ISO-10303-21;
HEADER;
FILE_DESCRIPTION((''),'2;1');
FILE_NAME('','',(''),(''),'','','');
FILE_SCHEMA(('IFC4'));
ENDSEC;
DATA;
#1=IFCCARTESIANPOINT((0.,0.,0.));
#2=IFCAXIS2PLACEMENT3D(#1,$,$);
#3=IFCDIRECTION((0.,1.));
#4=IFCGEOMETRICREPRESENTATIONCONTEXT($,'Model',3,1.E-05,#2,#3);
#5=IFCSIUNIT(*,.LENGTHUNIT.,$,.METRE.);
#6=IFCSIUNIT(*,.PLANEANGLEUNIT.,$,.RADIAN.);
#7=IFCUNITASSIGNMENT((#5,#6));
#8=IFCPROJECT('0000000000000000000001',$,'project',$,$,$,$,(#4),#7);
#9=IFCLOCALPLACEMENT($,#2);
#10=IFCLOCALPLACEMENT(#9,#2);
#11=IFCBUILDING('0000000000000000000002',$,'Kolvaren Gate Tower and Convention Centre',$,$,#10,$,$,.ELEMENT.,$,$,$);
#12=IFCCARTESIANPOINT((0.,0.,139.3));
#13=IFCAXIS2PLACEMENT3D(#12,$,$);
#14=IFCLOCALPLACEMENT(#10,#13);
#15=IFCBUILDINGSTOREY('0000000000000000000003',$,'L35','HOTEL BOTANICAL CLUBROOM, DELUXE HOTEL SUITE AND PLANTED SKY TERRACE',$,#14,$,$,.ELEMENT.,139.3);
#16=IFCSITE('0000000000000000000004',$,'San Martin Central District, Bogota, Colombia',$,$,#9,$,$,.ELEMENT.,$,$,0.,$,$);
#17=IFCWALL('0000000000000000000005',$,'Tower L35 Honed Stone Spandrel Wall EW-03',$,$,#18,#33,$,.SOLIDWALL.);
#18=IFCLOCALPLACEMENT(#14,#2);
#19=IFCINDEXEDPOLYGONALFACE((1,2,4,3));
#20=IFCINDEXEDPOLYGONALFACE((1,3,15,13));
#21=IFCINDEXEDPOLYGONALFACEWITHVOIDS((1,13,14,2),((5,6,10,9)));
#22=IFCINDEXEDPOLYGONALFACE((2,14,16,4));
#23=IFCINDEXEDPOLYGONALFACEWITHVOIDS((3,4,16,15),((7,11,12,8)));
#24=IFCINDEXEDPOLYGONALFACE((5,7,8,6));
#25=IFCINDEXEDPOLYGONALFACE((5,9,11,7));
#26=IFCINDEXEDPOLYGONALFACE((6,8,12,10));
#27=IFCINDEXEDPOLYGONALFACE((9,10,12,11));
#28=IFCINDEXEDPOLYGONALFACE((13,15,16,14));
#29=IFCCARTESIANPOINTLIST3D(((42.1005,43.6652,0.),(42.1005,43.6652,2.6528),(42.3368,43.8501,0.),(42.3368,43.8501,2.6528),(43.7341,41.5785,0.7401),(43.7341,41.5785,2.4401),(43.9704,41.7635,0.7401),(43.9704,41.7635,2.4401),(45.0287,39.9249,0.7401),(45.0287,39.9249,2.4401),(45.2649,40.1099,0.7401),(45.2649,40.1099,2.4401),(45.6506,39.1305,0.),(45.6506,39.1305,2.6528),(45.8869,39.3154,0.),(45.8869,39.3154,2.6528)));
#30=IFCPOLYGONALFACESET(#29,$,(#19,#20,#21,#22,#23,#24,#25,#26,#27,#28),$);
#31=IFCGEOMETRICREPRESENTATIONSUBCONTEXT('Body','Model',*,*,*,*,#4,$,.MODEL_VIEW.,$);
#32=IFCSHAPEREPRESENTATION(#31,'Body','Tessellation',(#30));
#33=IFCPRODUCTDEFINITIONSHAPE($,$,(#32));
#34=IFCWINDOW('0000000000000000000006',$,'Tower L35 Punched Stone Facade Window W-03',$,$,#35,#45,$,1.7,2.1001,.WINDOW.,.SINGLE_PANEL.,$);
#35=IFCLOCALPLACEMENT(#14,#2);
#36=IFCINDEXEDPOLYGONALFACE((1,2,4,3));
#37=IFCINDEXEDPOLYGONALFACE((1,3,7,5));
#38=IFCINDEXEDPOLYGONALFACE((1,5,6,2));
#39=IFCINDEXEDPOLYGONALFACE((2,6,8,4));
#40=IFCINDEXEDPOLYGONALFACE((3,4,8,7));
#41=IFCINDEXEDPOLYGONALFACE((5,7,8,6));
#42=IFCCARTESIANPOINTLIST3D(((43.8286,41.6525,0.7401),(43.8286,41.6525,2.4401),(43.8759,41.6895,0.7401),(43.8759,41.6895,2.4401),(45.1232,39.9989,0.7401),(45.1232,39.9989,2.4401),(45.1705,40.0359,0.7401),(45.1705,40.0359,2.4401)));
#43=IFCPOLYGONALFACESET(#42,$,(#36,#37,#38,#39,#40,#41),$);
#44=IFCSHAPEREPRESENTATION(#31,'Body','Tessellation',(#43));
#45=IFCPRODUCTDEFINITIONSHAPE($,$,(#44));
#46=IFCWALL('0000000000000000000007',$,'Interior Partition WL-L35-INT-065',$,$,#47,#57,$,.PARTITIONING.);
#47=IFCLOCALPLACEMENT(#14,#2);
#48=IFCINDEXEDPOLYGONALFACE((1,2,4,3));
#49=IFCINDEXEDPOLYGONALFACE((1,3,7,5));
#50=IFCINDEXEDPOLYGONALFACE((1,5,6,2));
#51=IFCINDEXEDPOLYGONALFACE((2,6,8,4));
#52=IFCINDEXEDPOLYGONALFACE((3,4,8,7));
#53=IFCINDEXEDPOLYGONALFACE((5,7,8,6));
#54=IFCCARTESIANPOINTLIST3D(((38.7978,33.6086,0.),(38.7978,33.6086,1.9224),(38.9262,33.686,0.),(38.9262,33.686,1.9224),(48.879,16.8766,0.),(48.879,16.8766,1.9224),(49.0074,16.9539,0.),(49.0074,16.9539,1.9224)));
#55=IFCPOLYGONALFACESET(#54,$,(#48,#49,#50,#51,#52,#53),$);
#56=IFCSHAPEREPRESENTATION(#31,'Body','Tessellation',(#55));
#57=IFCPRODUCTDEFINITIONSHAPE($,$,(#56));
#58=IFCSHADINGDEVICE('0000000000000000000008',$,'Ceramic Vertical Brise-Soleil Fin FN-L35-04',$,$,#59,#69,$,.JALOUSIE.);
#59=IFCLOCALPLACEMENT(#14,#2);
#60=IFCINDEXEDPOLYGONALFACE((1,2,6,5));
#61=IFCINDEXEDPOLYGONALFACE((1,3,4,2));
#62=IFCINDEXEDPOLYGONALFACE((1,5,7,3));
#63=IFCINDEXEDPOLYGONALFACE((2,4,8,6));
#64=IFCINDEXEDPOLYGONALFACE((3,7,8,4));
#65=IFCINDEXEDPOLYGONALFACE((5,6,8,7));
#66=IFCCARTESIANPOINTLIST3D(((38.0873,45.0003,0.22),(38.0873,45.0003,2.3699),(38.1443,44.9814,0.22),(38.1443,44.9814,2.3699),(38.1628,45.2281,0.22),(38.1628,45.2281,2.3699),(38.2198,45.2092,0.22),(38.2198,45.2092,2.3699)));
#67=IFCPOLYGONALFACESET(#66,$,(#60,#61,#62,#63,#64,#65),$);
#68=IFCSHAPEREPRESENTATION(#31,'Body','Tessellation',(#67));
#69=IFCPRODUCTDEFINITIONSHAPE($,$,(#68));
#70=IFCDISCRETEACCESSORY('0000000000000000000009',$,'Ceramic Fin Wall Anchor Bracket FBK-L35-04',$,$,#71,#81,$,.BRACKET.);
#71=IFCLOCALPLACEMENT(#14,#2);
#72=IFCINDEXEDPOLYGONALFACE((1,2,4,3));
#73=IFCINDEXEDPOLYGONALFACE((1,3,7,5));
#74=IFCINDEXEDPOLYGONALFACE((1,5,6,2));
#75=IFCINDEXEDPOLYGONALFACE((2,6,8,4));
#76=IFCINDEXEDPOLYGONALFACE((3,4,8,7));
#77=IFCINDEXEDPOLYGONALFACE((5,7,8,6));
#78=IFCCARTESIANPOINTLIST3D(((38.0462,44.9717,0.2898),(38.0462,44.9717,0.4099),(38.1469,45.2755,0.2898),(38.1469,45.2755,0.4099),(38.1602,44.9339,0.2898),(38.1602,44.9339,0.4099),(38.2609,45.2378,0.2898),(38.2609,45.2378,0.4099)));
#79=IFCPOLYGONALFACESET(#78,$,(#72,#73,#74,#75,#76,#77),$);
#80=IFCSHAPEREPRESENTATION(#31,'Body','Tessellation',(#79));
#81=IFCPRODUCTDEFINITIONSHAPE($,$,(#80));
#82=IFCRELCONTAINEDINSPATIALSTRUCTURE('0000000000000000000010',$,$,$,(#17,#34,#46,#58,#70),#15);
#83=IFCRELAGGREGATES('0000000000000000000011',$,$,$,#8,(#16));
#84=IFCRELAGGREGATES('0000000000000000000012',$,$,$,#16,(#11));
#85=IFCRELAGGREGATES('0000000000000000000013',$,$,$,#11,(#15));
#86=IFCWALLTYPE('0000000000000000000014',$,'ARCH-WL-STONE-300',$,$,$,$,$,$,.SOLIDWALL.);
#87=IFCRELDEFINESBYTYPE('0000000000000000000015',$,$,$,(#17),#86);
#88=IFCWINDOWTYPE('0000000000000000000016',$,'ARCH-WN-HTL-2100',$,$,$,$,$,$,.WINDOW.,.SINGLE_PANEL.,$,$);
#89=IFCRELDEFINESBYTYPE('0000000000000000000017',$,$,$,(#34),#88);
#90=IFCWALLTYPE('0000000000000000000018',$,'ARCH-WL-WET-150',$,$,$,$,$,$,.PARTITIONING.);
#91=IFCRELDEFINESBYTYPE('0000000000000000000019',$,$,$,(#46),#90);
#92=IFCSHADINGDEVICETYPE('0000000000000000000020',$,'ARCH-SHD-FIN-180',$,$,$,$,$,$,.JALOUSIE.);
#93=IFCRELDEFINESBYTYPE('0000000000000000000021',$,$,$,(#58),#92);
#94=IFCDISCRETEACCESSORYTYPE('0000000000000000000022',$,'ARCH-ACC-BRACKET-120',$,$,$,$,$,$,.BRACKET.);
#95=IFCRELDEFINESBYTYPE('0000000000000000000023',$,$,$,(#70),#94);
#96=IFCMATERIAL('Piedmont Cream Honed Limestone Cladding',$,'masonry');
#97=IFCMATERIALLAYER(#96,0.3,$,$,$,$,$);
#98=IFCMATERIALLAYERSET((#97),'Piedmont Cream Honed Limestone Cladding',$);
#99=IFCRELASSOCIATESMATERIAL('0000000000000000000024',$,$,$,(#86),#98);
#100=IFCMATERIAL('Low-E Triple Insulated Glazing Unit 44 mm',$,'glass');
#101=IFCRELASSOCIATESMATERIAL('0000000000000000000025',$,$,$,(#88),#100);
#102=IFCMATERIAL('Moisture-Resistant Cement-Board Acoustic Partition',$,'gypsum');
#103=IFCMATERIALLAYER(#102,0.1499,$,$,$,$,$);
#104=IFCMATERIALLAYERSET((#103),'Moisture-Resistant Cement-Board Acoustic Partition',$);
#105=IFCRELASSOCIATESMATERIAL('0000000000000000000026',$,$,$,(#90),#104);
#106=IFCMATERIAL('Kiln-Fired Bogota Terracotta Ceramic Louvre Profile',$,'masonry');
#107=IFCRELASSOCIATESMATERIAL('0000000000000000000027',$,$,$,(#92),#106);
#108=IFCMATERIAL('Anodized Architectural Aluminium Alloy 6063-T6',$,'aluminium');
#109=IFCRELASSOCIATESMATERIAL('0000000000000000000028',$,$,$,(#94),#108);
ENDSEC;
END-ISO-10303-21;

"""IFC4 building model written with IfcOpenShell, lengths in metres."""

from ifc_helpers import new_model, si_unit, direction, frame, frame_2d, origin, origin_2d, place, context, subcontext, project, spatial, rectangle, extrude, material, layer, layer_set, type_object, element, fill, save


model = new_model("IFC4")

# Units and contexts
model_context = context("Model", 3, precision=1e-05, world=origin(), true_north=direction((0.0, 1.0)))
body_context = subcontext(model_context, "Body", "Model", "MODEL_VIEW")
ifc_project = project(units=[si_unit("LENGTHUNIT", "METRE"), si_unit("PLANEANGLEUNIT", "RADIAN")], contexts=[model_context])

# Site, building, storey
site_placement = place(None, origin())
site = spatial("IfcSite", under=ifc_project, at=site_placement, Name="San Martin Central District, Bogota, Colombia", CompositionType="ELEMENT", RefElevation=0.0)
building_placement = place(site_placement, origin())
building = spatial("IfcBuilding", under=site, at=building_placement, Name="Kolvaren Gate Tower and Convention Centre", CompositionType="ELEMENT")
storey_placement = place(building_placement, frame((0.0, 0.0, 139.3)))
storey = spatial("IfcBuildingStorey", under=building, at=storey_placement, Name="L35", Description="HOTEL BOTANICAL CLUBROOM, DELUXE HOTEL SUITE AND PLANTED SKY TERRACE", CompositionType="ELEMENT", Elevation=139.3)

# Shared definitions
ifc_material_1 = material(Name="Piedmont Cream Honed Limestone Cladding", Category="masonry")

# Shared definitions
ifc_layer_1 = layer(ifc_material_1, 0.3)
ifc_layer_set_1 = layer_set([ifc_layer_1], Name="Piedmont Cream Honed Limestone Cladding")
wall_type_1 = type_object("IfcWallType", Name="ARCH-WL-STONE-300", PredefinedType="SOLIDWALL", material=ifc_layer_set_1)
ifc_material_2 = material(Name="Anodized Architectural Aluminium Alloy 6063-T6", Category="aluminium")

# Wall, opening, window
ifc_material_3 = material(Name="Low-E Triple Insulated Glazing Unit 44 mm", Category="glass")
window_type = type_object("IfcWindowType", Name="ARCH-WN-HTL-2100", PartitioningType="SINGLE_PANEL", PredefinedType="WINDOW", material=ifc_material_3)
wall_1_placement = place(storey_placement, frame((42.2188, 43.7576, 0.0), z_axis=(0.0, 0.0, 1.0), x_axis=(0.616435, -0.787406, 0.0)))
wall_1 = element("IfcWall", 1, at=wall_1_placement, inside=storey, type_object=wall_type_1, Name="Tower L35 Honed Stone Spandrel Wall EW-03", PredefinedType="SOLIDWALL", context=body_context, shape_type="SweptSolid", body=[
    extrude(rectangle(XDim=5.759, YDim=0.3, at=frame_2d((2.8794, 0.0))), origin(), (0.0, 0.0, 1.0), 2.6528),
])
opening_1_placement = place(wall_1_placement, frame((2.6499, 0.0, 0.74)))
opening_1 = element("IfcOpeningElement", 2, at=opening_1_placement, cuts=wall_1, PredefinedType="OPENING", context=body_context, shape_type="SweptSolid", body=[
    extrude(rectangle(XDim=2.1001, YDim=1.7, at=frame_2d((1.05, 0.8501))), frame((0.0, 0.1599, 0.0), z_axis=(0.0, -1.0, 0.0), x_axis=(1.0, 0.0, 0.0)), (0.0, 0.0, 1.0), 0.3201),
])
window_1_placement = place(opening_1_placement, origin())
window_1 = element("IfcWindow", 3, at=window_1_placement, inside=storey, type_object=window_type, Name="Tower L35 Punched Stone Facade Window W-03", OverallHeight=1.7, OverallWidth=2.1001, PartitioningType="SINGLE_PANEL", PredefinedType="WINDOW", context=body_context, shape_type="SweptSolid", body=[
    extrude(rectangle(XDim=2.1001, YDim=1.7, at=frame_2d((1.05, 0.8501))), frame((0.0, 0.03, 0.0), z_axis=(0.0, -1.0, 0.0), x_axis=(1.0, 0.0, 0.0)), (0.0, 0.0, 1.0), 0.0601),
])
fill(opening_1, window_1)

# Wall
ifc_material_4 = material(Name="Moisture-Resistant Cement-Board Acoustic Partition", Category="gypsum")
ifc_layer_2 = layer(ifc_material_4, 0.1499)
ifc_layer_set_2 = layer_set([ifc_layer_2], Name="Moisture-Resistant Cement-Board Acoustic Partition")
wall_type_2 = type_object("IfcWallType", Name="ARCH-WL-WET-150", PredefinedType="PARTITIONING", material=ifc_layer_set_2)
wall_2_placement = place(storey_placement, frame((38.8621, 33.6472, 0.0), z_axis=(0.0, 0.0, 1.0), x_axis=(0.516075, -0.856543, 0.0)))
element("IfcWall", 4, at=wall_2_placement, inside=storey, type_object=wall_type_2, Name="Interior Partition WL-L35-INT-065", PredefinedType="PARTITIONING", context=body_context, shape_type="SweptSolid", body=[
    extrude(rectangle(XDim=19.5344, YDim=0.1499, at=frame_2d((9.7671, 0.0))), origin(), (0.0, 0.0, 1.0), 1.9224),
])

# Shading device
ifc_material_5 = material(Name="Kiln-Fired Bogota Terracotta Ceramic Louvre Profile", Category="masonry")
shading_device_type = type_object("IfcShadingDeviceType", Name="ARCH-SHD-FIN-180", PredefinedType="JALOUSIE", material=ifc_material_5)
shading_device_placement = place(storey_placement, frame((38.1536, 45.1047, 0.22), z_axis=(0.0, 0.0, 1.0), x_axis=(0.94924, -0.314552, 0.0)))
element("IfcShadingDevice", 5, at=shading_device_placement, inside=storey, type_object=shading_device_type, Name="Ceramic Vertical Brise-Soleil Fin FN-L35-04", PredefinedType="JALOUSIE", context=body_context, shape_type="SweptSolid", body=[
    extrude(rectangle(XDim=0.0601, YDim=0.24, at=origin_2d()), origin(), (0.0, 0.0, 1.0), 2.1499),
])

# Discrete accessory
discrete_accessory_type = type_object("IfcDiscreteAccessoryType", Name="ARCH-ACC-BRACKET-120", PredefinedType="BRACKET", material=ifc_material_2)
discrete_accessory_placement = place(storey_placement, frame((38.1536, 45.1047, 0.2898), z_axis=(0.0, 0.0, 1.0), x_axis=(0.94924, -0.314552, 0.0)))
element("IfcDiscreteAccessory", 6, at=discrete_accessory_placement, inside=storey, type_object=discrete_accessory_type, Name="Ceramic Fin Wall Anchor Bracket FBK-L35-04", PredefinedType="BRACKET", context=body_context, shape_type="SweptSolid", body=[
    extrude(rectangle(XDim=0.1201, YDim=0.3201, at=origin_2d()), origin(), (0.0, 0.0, 1.0), 0.1201),
])

save(model, "model.ifc")
